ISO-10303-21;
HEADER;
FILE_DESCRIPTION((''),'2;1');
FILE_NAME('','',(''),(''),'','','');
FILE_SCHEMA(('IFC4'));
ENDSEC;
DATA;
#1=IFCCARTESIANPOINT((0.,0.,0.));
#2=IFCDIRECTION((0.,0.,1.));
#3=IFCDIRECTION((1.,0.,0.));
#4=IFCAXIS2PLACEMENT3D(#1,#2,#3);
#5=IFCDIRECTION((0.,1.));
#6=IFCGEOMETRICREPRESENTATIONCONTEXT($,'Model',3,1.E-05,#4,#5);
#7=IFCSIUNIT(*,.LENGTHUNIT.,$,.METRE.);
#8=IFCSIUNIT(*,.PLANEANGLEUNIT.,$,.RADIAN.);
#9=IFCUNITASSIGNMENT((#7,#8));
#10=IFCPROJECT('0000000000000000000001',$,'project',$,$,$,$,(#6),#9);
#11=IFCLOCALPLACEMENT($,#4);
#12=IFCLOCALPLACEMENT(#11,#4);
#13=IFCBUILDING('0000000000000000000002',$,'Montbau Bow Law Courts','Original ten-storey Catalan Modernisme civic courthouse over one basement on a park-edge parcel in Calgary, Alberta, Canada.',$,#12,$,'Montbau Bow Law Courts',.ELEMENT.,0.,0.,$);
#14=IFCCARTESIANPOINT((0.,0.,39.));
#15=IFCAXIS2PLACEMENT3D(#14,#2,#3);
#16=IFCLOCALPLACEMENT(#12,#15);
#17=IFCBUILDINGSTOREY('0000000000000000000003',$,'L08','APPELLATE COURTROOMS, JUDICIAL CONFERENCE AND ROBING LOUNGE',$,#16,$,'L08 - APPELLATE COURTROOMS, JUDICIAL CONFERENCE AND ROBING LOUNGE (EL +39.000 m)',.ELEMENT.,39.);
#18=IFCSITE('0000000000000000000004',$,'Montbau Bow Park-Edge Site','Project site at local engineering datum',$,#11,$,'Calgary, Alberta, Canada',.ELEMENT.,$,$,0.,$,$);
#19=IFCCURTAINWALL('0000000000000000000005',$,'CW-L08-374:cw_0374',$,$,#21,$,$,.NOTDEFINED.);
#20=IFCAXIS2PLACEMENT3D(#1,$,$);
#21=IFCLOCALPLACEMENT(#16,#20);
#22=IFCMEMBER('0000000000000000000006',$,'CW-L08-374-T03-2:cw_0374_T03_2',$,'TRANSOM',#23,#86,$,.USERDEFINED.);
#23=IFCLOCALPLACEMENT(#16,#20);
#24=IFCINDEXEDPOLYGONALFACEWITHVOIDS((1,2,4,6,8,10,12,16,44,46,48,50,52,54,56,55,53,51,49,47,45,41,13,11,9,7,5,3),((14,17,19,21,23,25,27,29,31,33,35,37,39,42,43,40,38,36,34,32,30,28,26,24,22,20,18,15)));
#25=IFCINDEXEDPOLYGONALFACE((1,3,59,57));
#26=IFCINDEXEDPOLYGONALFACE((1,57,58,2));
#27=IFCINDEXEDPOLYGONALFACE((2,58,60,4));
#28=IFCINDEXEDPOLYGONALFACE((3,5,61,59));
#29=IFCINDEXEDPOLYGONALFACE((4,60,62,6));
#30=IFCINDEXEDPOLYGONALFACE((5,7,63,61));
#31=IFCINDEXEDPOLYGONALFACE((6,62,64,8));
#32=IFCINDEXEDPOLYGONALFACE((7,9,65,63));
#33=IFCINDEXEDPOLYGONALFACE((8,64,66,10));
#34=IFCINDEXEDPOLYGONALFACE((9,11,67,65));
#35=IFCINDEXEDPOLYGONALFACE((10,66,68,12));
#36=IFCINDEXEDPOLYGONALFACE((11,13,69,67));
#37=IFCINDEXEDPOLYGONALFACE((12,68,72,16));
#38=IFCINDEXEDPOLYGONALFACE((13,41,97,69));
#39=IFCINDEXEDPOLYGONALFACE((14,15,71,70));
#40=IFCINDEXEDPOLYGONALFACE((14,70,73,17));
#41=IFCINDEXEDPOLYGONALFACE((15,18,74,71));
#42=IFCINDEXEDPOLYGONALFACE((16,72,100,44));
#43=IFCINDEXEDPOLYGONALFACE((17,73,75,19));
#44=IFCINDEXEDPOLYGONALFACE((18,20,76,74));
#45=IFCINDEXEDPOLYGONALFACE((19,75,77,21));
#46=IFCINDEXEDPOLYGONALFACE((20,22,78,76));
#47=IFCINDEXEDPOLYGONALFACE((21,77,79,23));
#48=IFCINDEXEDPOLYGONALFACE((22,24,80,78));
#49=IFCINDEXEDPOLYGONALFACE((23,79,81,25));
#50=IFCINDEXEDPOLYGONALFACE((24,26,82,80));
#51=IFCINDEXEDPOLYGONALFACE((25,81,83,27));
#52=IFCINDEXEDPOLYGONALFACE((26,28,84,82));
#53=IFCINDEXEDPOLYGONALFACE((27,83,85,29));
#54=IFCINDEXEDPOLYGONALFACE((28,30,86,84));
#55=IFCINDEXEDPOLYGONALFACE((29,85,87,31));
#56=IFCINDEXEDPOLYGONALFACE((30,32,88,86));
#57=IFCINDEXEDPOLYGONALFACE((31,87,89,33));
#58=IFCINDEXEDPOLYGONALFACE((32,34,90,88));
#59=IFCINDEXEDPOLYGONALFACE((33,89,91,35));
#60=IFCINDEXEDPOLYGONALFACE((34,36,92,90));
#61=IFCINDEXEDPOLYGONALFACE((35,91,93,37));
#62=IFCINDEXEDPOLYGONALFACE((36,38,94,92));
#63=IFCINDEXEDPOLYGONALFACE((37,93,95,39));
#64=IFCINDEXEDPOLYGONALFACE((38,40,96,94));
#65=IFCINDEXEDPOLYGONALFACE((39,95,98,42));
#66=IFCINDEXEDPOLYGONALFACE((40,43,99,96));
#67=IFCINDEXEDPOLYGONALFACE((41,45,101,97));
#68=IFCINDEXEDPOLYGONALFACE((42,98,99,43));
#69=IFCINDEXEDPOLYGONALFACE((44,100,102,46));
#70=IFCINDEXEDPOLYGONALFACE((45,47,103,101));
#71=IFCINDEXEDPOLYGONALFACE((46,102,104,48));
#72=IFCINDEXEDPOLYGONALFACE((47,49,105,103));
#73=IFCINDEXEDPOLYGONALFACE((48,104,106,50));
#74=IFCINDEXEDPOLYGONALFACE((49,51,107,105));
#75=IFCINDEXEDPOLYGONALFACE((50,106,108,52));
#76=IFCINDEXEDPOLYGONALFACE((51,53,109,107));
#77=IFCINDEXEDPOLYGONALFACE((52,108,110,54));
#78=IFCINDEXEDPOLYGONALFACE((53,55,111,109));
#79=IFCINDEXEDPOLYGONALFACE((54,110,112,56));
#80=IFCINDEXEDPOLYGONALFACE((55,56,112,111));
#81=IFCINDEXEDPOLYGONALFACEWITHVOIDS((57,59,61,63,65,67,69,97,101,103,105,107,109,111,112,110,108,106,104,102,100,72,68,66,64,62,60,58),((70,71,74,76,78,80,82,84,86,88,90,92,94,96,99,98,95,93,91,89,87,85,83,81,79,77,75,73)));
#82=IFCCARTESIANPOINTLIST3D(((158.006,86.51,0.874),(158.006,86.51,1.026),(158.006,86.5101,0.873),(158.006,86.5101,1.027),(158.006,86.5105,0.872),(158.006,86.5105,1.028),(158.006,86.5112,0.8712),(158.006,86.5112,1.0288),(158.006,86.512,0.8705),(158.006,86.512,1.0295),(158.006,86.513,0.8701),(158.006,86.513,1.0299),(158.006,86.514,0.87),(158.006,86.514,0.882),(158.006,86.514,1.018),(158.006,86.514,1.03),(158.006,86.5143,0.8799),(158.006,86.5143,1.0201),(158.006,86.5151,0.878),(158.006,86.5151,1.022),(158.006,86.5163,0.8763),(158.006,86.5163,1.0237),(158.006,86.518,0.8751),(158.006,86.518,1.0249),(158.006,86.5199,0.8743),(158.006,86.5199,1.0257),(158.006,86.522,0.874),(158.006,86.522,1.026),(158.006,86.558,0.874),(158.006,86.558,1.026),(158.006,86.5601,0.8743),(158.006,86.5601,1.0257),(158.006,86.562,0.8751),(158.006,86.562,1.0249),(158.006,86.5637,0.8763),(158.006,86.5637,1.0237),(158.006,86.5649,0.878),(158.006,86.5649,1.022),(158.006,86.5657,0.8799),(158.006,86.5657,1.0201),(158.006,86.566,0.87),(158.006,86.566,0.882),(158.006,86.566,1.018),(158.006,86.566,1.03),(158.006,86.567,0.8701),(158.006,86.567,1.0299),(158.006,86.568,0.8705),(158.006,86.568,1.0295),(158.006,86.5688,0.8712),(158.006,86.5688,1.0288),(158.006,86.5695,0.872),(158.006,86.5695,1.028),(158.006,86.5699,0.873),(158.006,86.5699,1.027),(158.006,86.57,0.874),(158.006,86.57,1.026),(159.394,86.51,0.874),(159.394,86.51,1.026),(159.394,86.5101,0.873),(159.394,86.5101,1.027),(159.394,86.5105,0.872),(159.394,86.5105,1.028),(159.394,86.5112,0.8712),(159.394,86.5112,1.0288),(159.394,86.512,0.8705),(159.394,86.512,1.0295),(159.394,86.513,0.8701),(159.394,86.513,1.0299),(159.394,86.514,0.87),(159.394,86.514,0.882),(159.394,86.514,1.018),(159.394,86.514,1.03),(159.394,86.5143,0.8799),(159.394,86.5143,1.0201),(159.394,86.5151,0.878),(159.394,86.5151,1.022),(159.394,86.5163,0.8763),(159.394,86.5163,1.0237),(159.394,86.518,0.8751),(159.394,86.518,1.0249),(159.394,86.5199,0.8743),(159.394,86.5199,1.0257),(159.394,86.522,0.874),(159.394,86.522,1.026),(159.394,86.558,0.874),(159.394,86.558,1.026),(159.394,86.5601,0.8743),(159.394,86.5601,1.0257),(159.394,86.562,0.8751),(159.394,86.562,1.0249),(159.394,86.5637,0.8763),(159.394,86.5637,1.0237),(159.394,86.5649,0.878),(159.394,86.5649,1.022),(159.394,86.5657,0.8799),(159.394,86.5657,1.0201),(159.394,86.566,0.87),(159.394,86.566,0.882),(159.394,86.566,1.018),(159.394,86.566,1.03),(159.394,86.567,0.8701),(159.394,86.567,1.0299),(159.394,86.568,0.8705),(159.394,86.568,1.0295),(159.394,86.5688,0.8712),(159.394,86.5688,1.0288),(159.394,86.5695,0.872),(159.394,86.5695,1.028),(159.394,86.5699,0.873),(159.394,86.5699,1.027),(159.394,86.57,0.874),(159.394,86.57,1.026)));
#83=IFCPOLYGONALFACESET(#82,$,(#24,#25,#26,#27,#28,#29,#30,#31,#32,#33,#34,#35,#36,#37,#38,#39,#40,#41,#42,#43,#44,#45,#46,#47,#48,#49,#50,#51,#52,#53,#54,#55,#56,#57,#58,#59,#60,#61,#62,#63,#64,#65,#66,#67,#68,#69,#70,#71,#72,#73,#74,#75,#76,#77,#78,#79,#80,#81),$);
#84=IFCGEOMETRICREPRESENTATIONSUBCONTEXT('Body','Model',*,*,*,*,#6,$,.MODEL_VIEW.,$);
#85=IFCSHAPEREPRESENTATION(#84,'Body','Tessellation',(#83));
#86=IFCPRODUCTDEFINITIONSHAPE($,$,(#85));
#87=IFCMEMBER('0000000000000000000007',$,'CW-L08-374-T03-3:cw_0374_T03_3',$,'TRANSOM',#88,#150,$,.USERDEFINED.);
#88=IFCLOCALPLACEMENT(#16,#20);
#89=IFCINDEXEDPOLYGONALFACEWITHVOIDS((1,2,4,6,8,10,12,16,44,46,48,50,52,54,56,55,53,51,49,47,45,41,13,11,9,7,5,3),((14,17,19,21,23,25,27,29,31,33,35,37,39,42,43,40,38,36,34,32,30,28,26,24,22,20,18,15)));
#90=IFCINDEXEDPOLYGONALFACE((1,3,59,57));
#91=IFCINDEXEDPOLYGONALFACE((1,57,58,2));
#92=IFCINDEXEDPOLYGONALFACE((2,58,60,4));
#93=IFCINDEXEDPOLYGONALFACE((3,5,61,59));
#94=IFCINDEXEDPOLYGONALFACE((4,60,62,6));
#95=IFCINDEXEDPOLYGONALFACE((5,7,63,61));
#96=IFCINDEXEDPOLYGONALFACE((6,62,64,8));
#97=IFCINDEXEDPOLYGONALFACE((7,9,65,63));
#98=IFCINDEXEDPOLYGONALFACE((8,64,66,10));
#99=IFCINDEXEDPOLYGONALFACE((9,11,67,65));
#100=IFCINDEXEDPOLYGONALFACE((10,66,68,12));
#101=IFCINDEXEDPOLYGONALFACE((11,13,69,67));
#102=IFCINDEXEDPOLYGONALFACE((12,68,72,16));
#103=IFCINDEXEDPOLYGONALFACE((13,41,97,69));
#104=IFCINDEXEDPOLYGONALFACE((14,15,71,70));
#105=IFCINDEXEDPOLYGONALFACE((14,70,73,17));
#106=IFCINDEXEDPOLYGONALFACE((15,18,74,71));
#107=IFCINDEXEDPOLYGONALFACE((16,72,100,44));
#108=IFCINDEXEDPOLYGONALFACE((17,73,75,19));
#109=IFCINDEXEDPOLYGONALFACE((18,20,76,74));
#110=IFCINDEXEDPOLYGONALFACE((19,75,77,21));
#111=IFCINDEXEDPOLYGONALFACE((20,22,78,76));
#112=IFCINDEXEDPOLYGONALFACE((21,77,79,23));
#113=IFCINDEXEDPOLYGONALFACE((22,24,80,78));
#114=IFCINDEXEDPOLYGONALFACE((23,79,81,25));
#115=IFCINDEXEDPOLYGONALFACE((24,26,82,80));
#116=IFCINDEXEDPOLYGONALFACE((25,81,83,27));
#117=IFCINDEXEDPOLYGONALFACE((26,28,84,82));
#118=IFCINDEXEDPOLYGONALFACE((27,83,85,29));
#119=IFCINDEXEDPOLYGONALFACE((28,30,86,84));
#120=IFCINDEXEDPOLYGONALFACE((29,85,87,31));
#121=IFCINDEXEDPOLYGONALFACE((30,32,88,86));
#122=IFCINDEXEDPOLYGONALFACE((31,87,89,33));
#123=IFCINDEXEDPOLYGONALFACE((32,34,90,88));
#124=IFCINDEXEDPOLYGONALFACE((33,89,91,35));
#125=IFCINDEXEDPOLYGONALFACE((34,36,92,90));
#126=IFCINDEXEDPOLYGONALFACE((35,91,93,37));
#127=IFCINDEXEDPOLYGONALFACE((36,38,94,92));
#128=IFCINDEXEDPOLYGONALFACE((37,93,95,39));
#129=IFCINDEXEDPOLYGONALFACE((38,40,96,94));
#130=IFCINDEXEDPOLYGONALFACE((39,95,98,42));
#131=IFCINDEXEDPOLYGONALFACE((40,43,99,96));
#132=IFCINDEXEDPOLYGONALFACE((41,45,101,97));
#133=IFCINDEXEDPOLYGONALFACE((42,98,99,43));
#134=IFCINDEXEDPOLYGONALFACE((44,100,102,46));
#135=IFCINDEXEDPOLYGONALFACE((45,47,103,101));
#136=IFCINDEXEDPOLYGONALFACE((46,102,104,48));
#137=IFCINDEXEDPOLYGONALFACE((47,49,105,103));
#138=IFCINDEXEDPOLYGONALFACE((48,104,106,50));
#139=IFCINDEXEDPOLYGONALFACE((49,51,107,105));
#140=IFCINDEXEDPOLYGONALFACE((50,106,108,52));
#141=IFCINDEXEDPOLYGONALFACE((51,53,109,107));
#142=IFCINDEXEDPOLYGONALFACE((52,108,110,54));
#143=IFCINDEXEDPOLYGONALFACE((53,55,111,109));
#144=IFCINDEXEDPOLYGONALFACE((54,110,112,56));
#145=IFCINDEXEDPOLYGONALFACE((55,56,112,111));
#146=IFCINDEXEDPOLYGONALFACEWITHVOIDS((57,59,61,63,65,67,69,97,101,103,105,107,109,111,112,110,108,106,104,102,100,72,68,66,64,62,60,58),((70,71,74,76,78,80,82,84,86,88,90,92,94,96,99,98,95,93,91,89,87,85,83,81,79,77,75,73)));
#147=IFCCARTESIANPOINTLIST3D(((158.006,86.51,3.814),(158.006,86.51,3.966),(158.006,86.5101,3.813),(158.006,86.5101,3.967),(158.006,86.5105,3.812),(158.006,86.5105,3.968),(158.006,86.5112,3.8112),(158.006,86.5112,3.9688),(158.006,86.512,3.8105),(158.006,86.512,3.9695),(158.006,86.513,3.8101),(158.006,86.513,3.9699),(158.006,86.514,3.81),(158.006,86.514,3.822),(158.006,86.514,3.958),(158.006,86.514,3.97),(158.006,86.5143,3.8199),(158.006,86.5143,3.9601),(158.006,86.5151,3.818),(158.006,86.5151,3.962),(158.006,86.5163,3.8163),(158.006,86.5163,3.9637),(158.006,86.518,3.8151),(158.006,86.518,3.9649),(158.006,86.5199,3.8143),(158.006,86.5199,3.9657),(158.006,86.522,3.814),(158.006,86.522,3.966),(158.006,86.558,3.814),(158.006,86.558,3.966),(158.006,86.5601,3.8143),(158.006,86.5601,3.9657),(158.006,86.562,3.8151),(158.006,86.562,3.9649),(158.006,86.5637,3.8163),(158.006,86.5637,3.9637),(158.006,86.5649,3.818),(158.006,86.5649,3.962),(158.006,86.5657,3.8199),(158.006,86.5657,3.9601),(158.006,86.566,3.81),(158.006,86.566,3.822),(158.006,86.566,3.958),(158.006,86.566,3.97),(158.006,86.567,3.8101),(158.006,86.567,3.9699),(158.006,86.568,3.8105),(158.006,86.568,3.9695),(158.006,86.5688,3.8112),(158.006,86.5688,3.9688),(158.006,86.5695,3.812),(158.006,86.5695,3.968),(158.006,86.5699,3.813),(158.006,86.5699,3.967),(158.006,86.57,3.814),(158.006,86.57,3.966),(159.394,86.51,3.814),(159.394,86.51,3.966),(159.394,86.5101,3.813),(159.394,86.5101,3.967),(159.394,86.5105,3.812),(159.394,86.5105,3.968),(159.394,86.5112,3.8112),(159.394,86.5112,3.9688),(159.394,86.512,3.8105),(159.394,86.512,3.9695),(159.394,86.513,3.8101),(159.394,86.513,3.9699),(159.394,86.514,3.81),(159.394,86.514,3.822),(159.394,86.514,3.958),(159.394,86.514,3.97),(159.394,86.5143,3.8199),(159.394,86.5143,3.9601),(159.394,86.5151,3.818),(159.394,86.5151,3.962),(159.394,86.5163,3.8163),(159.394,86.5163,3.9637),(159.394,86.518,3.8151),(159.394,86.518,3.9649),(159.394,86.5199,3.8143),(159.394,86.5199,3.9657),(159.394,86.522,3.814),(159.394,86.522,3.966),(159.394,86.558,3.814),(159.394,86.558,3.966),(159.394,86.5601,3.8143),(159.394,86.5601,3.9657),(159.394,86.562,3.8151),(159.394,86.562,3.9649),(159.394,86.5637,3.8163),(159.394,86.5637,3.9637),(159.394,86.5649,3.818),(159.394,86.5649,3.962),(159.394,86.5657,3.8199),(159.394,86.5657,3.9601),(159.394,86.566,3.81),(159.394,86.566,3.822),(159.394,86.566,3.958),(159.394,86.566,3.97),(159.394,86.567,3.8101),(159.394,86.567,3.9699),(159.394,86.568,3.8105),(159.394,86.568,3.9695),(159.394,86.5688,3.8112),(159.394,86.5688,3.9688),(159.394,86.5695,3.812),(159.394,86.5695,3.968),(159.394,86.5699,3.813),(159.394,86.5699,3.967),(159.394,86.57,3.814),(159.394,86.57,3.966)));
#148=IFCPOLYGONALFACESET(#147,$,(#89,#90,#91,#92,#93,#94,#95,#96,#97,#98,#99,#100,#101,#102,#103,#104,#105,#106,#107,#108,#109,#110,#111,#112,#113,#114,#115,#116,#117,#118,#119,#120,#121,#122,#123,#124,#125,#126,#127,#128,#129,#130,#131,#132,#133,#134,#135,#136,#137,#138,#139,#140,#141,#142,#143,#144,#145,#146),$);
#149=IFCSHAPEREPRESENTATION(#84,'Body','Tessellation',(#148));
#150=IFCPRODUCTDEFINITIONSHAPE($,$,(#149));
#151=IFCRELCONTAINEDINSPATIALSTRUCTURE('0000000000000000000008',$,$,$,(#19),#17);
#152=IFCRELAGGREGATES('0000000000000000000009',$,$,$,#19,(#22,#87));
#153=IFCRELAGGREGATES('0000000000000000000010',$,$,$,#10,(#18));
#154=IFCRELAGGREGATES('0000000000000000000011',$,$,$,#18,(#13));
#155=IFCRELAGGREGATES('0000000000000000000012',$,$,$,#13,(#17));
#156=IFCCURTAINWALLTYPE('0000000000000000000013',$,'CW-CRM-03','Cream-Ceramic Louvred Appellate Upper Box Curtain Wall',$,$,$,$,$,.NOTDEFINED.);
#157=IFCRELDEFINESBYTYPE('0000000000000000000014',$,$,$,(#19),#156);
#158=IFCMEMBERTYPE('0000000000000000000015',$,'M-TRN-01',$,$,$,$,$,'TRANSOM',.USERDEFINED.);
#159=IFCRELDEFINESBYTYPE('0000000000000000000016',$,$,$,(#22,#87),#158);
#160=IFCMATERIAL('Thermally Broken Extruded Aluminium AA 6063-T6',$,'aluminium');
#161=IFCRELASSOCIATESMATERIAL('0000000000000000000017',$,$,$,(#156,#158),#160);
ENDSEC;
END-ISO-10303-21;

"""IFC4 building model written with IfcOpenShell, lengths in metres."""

from ifc_helpers import new_model, si_unit, direction, frame, origin_with_axes, origin_2d_with_axis, place, context, subcontext, project, spatial, hollow_rectangle, extrude, material, material_profile, profile_set, type_object, element, aggregate, save


model = new_model("IFC4")

# Units and contexts
model_context = context("Model", 3, precision=1e-05, world=origin_with_axes(), true_north=direction((0.0, 1.0)))
body_context = subcontext(model_context, "Body", "Model", "MODEL_VIEW")
ifc_project = project(units=[si_unit("LENGTHUNIT", "METRE"), si_unit("PLANEANGLEUNIT", "RADIAN")], contexts=[model_context])

# Site, building, storey
site_placement = place(None, origin_with_axes())
site = spatial("IfcSite", under=ifc_project, at=site_placement, Name="Montbau Bow Park-Edge Site", Description="Project site at local engineering datum", LongName="Calgary, Alberta, Canada", CompositionType="ELEMENT", RefElevation=0.0)
building_placement = place(site_placement, origin_with_axes())
building = spatial("IfcBuilding", under=site, at=building_placement, Name="Montbau Bow Law Courts", Description="Original ten-storey Catalan Modernisme civic courthouse over one basement on a park-edge parcel in Calgary, Alberta, Canada.", LongName="Montbau Bow Law Courts", CompositionType="ELEMENT", ElevationOfRefHeight=0.0, ElevationOfTerrain=0.0)
storey_placement = place(building_placement, frame((0.0, 0.0, 39.0), z_axis=(0.0, 0.0, 1.0), x_axis=(1.0, 0.0, 0.0)))
storey = spatial("IfcBuildingStorey", under=building, at=storey_placement, Name="L08", Description="APPELLATE COURTROOMS, JUDICIAL CONFERENCE AND ROBING LOUNGE", LongName="L08 - APPELLATE COURTROOMS, JUDICIAL CONFERENCE AND ROBING LOUNGE (EL +39.000 m)", CompositionType="ELEMENT", Elevation=39.0)

# Curtain wall, members
ifc_material_1 = material(Name="Thermally Broken Extruded Aluminium AA 6063-T6", Category="aluminium")
curtain_wall_type = type_object("IfcCurtainWallType", Name="CW-CRM-03", Description="Cream-Ceramic Louvred Appellate Upper Box Curtain Wall", PredefinedType="NOTDEFINED", material=ifc_material_1)
curtain_wall_placement = place(None, frame((155.068, 86.54, 39.0), z_axis=(0.0, 0.0, 1.0), x_axis=(1.0, 0.0, 0.0)))
curtain_wall = element("IfcCurtainWall", 1, at=curtain_wall_placement, inside=storey, type_object=curtain_wall_type, Name="CW-L08-374:cw_0374", PredefinedType="NOTDEFINED")
ifc_material_profile_1 = material_profile(ifc_material_1, hollow_rectangle(XDim=0.06, YDim=0.16, WallThickness=0.004, InnerFilletRadius=0.008, OuterFilletRadius=0.004, at=origin_2d_with_axis()), Name="CWT-160X60", Category="Main", Priority=0)
ifc_profile_set_1 = profile_set([ifc_material_profile_1], Name="Thermally Broken Extruded Aluminium AA 6063-T6")
member_type_1 = type_object("IfcMemberType", Name="M-TRN-01", ElementType="TRANSOM", PredefinedType="USERDEFINED", material=ifc_profile_set_1)
member_1_placement = place(None, frame((158.006, 86.54, 39.95), z_axis=(1.0, 0.0, 0.0), x_axis=(0.0, 1.0, 0.0)))
member_1 = element("IfcMember", 2, at=member_1_placement, type_object=member_type_1, Name="CW-L08-374-T03-2:cw_0374_T03_2", ObjectType="TRANSOM", PredefinedType="USERDEFINED", context=body_context, shape_type="SweptSolid", body=[
    extrude(hollow_rectangle(XDim=0.06, YDim=0.16, WallThickness=0.004, InnerFilletRadius=0.008, OuterFilletRadius=0.004, at=origin_2d_with_axis()), origin_with_axes(), (0.0, 0.0, 1.0), 1.388),
])
member_2_placement = place(None, frame((158.006, 86.54, 42.89), z_axis=(1.0, 0.0, 0.0), x_axis=(0.0, 1.0, 0.0)))
member_2 = element("IfcMember", 3, at=member_2_placement, type_object=member_type_1, Name="CW-L08-374-T03-3:cw_0374_T03_3", ObjectType="TRANSOM", PredefinedType="USERDEFINED", context=body_context, shape_type="SweptSolid", body=[
    extrude(hollow_rectangle(XDim=0.06, YDim=0.16, WallThickness=0.004, InnerFilletRadius=0.008, OuterFilletRadius=0.004, at=origin_2d_with_axis()), origin_with_axes(), (0.0, 0.0, 1.0), 1.388),
])
aggregate(curtain_wall, [member_1, member_2])

save(model, "model.ifc")
